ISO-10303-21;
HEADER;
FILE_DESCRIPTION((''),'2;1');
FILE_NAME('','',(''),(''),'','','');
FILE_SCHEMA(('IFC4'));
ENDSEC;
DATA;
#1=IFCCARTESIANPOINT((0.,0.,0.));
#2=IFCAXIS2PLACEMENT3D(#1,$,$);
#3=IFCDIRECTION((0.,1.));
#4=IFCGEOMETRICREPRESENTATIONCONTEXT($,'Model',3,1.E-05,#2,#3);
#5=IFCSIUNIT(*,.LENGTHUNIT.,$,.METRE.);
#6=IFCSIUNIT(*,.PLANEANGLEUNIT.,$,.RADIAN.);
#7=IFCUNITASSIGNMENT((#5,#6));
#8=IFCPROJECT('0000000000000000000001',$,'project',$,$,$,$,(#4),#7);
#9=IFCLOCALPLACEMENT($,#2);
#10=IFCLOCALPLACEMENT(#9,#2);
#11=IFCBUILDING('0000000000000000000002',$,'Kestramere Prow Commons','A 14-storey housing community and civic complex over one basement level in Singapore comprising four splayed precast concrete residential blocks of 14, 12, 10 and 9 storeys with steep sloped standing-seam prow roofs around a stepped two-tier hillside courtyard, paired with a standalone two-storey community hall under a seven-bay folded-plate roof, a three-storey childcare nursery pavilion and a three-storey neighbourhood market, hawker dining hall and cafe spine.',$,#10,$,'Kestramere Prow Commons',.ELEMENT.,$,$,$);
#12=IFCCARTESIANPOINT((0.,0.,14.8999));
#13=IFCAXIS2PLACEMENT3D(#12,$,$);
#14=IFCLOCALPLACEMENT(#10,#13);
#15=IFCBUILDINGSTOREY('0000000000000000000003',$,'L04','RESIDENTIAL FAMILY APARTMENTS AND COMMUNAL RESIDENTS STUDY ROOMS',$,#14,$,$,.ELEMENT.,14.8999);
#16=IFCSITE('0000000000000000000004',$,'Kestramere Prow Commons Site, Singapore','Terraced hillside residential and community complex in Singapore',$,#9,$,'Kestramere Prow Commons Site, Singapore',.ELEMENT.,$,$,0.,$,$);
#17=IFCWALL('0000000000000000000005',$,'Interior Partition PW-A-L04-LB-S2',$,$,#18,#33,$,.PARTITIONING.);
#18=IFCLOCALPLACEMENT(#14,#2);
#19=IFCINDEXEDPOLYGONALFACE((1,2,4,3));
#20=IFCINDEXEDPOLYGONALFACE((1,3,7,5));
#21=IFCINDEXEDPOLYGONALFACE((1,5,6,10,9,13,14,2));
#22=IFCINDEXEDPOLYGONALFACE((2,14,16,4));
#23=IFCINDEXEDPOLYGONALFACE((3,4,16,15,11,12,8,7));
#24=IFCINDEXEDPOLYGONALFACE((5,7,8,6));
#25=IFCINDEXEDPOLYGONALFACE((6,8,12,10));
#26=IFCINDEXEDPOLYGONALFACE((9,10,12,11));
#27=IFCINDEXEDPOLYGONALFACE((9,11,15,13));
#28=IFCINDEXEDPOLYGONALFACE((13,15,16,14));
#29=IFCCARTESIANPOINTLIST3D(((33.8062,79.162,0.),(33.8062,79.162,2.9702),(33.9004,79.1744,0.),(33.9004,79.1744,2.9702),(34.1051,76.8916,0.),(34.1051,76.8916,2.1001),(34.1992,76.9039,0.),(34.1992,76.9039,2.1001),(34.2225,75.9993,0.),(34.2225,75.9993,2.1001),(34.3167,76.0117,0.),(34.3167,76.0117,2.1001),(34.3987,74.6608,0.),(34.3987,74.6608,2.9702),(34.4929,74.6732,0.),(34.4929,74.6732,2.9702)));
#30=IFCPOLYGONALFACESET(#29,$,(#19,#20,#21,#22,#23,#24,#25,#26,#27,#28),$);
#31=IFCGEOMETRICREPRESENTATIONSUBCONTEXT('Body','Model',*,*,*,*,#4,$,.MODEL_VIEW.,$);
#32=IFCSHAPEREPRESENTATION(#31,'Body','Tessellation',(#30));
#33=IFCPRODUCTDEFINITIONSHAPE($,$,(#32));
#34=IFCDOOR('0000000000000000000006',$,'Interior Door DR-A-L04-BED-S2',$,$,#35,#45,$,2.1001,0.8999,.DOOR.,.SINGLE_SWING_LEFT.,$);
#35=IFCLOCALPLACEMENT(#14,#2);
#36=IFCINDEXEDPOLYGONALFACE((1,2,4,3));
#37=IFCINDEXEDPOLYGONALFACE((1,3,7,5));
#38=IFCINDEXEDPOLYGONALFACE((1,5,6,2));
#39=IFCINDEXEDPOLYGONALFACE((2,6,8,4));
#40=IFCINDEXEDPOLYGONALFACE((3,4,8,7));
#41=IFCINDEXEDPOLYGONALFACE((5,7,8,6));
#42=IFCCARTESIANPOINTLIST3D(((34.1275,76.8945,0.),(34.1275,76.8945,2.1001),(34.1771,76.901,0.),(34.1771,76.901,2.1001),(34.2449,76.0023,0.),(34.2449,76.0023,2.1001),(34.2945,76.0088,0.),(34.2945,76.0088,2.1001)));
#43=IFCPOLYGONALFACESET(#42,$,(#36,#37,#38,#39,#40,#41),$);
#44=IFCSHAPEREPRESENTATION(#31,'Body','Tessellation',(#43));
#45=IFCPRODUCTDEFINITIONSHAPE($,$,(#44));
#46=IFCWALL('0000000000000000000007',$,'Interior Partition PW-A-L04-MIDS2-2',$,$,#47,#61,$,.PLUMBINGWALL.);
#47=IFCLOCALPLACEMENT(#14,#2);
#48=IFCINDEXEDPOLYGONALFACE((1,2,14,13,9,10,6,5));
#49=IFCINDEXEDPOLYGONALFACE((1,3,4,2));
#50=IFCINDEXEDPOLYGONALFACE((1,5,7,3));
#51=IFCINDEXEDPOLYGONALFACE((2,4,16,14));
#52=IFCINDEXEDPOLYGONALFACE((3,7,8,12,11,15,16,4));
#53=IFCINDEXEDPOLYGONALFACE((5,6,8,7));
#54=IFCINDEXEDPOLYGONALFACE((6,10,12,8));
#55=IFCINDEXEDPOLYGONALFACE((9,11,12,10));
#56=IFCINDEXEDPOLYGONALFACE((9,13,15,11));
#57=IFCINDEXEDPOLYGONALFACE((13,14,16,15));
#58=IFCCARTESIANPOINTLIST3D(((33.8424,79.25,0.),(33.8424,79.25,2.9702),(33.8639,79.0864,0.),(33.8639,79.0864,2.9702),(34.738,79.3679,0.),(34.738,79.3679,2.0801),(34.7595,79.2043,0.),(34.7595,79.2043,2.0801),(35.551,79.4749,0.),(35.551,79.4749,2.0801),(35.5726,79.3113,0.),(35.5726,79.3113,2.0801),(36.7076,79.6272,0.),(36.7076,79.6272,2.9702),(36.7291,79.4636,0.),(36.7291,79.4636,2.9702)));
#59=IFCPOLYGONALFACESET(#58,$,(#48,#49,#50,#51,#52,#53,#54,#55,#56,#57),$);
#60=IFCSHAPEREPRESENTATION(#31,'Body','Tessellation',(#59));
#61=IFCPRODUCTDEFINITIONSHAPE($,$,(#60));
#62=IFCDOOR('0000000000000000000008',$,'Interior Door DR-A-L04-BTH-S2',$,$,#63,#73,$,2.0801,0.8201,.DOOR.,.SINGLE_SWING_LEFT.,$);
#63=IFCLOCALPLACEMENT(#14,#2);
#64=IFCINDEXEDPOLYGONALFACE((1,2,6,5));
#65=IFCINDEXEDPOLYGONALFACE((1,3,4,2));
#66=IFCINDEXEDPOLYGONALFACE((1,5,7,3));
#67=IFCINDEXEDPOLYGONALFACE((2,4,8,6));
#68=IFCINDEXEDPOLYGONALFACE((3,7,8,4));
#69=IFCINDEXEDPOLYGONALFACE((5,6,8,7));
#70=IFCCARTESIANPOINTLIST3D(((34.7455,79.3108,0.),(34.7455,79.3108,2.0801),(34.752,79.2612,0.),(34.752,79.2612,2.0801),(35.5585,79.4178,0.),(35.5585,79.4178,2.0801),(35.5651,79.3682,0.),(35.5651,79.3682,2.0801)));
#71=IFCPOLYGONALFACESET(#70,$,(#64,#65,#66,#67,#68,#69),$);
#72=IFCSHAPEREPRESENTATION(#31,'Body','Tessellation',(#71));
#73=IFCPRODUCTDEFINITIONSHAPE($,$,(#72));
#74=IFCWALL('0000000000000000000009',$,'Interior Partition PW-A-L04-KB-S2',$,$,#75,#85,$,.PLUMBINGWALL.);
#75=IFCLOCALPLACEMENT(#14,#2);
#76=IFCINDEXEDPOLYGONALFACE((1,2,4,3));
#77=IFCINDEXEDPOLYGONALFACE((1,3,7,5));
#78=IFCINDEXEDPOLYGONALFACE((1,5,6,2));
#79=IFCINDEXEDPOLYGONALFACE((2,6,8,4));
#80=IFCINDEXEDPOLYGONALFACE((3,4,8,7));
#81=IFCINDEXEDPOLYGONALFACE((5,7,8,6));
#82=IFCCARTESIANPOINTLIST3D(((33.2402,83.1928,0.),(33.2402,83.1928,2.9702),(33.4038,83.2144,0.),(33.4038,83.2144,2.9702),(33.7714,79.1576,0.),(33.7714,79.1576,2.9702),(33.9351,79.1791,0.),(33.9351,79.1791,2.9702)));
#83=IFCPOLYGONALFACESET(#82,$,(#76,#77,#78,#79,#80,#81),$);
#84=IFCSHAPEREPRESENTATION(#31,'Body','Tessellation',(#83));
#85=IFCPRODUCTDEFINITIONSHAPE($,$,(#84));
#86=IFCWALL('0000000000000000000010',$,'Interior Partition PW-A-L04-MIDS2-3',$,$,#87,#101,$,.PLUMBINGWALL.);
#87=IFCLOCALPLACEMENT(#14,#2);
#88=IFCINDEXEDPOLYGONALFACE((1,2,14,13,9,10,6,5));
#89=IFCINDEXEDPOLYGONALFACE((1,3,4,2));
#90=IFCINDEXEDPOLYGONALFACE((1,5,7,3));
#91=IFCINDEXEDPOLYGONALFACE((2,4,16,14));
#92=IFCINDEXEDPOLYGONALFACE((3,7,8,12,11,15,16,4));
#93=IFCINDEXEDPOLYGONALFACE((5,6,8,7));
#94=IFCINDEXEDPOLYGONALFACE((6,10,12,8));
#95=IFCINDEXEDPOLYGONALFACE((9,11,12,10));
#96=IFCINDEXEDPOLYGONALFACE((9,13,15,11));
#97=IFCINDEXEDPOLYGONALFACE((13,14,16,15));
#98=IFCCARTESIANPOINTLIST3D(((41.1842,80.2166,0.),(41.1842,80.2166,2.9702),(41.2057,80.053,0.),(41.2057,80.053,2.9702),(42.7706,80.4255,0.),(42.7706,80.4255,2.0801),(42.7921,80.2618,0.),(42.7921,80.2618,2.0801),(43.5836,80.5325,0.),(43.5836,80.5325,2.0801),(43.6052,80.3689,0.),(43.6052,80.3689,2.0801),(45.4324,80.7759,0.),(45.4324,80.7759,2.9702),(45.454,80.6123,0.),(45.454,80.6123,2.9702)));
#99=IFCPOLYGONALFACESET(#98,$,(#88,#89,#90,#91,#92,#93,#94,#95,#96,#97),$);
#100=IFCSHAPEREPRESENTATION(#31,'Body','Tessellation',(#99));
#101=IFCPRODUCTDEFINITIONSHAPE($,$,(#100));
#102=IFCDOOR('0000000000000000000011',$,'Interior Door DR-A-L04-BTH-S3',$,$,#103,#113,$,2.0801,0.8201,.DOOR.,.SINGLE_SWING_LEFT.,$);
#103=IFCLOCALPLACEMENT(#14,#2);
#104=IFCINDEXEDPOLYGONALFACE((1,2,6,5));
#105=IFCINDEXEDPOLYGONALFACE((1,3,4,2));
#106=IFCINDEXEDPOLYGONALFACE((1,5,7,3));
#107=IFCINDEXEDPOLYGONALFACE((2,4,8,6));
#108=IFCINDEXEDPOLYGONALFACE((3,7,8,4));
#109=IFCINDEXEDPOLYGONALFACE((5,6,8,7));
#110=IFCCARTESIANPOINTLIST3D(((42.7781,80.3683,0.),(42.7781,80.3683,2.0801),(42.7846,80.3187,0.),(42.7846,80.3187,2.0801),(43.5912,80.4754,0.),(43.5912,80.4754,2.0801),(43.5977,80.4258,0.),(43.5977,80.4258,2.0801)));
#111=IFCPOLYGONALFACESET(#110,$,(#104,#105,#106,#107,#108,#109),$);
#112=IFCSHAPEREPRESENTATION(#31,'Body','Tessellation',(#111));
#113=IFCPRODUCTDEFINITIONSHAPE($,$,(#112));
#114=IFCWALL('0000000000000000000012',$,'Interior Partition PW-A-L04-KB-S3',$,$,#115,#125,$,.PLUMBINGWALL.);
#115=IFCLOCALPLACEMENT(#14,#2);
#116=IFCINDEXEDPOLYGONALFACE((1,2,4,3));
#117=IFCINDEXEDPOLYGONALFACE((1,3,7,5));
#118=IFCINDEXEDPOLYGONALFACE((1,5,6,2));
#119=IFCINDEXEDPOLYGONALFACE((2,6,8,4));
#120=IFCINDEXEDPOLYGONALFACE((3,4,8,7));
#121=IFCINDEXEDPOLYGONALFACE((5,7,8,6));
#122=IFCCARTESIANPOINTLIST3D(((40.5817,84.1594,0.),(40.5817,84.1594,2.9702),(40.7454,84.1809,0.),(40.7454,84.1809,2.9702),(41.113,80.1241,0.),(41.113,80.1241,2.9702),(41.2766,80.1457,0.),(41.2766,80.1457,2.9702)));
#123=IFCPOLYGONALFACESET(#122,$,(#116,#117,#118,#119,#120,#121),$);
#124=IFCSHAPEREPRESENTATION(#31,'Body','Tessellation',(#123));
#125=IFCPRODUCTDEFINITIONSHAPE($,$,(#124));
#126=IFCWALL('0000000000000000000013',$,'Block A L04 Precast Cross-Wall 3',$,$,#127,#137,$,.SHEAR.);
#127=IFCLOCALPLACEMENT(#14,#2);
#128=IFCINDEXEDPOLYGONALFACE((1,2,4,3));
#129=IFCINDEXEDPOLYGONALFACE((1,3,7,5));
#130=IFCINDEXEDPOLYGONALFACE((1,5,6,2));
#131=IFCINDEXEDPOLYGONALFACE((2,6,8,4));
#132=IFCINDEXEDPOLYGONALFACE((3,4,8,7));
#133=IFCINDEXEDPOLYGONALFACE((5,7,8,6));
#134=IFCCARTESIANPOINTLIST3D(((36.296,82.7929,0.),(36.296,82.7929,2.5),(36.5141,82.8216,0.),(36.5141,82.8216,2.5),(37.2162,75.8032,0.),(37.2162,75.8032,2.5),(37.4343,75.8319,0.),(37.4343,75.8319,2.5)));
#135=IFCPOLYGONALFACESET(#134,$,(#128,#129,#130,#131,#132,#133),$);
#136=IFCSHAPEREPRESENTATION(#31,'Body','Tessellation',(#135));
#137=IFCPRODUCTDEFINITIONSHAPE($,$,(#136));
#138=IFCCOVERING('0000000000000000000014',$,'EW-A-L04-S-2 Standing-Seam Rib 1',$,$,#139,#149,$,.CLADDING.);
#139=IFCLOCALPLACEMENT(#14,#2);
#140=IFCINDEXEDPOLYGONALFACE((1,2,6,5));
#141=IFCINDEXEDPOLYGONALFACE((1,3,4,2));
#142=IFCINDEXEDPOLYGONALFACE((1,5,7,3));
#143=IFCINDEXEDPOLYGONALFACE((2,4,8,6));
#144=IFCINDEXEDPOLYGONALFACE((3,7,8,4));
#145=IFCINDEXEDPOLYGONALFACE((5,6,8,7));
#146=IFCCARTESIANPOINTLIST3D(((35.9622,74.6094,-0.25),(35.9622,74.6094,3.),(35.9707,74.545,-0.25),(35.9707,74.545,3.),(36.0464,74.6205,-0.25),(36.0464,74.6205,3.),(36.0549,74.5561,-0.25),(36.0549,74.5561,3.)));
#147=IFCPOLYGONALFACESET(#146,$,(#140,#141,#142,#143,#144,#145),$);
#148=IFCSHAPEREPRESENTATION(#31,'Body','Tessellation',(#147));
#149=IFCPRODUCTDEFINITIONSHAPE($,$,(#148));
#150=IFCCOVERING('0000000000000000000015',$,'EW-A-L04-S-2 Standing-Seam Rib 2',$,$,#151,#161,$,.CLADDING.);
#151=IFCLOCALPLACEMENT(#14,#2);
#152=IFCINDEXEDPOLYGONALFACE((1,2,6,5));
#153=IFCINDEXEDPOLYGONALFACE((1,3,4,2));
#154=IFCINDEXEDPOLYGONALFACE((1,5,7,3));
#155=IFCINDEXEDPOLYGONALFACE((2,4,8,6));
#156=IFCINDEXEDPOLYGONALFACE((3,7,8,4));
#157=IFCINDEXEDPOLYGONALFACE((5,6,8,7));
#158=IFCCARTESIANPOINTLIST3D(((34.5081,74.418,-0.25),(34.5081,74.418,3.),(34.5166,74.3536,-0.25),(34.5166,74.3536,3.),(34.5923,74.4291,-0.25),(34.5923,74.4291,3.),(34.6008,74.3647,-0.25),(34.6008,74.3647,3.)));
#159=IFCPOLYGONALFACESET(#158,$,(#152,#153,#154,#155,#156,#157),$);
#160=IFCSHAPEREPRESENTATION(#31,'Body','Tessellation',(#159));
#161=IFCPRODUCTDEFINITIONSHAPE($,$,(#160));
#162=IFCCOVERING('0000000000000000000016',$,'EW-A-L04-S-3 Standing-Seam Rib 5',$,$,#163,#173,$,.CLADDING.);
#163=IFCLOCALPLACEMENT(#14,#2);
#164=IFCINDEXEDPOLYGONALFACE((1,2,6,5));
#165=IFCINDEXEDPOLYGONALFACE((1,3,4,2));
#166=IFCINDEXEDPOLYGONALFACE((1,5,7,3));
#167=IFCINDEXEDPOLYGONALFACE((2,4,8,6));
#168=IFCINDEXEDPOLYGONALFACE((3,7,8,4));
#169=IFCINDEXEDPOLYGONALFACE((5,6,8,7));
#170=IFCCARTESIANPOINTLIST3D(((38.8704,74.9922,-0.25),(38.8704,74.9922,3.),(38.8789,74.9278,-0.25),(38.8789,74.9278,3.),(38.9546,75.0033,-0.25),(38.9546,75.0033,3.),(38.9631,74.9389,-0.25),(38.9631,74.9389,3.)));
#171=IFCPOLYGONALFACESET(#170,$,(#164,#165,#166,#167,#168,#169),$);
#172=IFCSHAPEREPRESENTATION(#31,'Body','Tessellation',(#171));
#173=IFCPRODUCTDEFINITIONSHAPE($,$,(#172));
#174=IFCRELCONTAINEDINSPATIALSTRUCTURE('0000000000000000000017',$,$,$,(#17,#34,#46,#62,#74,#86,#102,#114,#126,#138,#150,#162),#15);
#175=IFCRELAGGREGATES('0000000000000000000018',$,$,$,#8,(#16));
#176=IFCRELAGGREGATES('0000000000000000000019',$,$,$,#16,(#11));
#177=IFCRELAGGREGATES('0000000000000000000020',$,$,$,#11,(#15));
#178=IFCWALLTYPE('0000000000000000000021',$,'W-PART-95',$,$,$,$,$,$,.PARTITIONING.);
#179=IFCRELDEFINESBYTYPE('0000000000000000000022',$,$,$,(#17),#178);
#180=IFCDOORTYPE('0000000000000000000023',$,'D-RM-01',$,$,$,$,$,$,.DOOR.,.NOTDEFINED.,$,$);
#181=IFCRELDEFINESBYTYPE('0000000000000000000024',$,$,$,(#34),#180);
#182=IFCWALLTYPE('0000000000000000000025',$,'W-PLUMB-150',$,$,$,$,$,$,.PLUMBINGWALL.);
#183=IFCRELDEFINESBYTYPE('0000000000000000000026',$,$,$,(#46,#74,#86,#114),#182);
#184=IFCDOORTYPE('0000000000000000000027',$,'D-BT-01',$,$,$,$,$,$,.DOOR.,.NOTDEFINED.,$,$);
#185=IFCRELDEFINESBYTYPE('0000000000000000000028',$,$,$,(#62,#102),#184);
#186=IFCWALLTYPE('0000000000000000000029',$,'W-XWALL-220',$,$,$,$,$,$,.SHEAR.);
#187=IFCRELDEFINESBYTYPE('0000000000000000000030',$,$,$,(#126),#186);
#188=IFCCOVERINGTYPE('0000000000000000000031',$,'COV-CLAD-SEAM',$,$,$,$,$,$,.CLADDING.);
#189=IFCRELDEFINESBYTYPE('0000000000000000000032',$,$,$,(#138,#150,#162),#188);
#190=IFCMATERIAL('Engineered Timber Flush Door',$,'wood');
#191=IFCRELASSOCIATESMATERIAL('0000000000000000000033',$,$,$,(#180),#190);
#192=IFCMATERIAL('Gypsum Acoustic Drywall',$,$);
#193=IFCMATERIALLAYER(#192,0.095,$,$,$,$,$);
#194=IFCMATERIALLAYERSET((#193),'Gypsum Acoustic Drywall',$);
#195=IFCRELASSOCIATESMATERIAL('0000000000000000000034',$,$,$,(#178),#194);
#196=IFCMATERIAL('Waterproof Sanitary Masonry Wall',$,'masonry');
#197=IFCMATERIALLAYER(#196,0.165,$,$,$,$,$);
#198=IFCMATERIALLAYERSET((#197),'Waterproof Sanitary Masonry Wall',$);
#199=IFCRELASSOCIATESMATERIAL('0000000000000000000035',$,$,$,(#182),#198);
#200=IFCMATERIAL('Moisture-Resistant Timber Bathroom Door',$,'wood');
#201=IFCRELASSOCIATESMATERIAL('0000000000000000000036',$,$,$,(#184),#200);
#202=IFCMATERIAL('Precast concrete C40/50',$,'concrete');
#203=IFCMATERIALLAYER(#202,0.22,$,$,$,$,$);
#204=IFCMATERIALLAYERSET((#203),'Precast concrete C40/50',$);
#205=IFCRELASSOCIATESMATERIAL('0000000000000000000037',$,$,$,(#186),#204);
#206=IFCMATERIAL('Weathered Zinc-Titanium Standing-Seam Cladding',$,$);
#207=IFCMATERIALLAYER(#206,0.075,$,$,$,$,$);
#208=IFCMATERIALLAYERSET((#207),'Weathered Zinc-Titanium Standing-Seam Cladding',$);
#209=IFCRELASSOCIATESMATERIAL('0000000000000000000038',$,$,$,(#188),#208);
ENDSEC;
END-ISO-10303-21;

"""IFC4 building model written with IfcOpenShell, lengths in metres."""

from ifc_helpers import new_model, si_unit, direction, frame, frame_2d, origin, origin_2d, place, context, subcontext, project, spatial, rectangle, extrude, material, layer, layer_set, type_object, element, fill, save


model = new_model("IFC4")

# Units and contexts
model_context = context("Model", 3, precision=1e-05, world=origin(), true_north=direction((0.0, 1.0)))
body_context = subcontext(model_context, "Body", "Model", "MODEL_VIEW")
ifc_project = project(units=[si_unit("LENGTHUNIT", "METRE"), si_unit("PLANEANGLEUNIT", "RADIAN")], contexts=[model_context])

# Site, building, storey
site_placement = place(None, origin())
site = spatial("IfcSite", under=ifc_project, at=site_placement, Name="Kestramere Prow Commons Site, Singapore", Description="Terraced hillside residential and community complex in Singapore", LongName="Kestramere Prow Commons Site, Singapore", CompositionType="ELEMENT", RefElevation=0.0)
building_placement = place(site_placement, origin())
building = spatial("IfcBuilding", under=site, at=building_placement, Name="Kestramere Prow Commons", Description="A 14-storey housing community and civic complex over one basement level in Singapore comprising four splayed precast concrete residential blocks of 14, 12, 10 and 9 storeys with steep sloped standing-seam prow roofs around a stepped two-tier hillside courtyard, paired with a standalone two-storey community hall under a seven-bay folded-plate roof, a three-storey childcare nursery pavilion and a three-storey neighbourhood market, hawker dining hall and cafe spine.", LongName="Kestramere Prow Commons", CompositionType="ELEMENT")
storey_placement = place(building_placement, frame((0.0, 0.0, 14.8999)))
storey = spatial("IfcBuildingStorey", under=building, at=storey_placement, Name="L04", Description="RESIDENTIAL FAMILY APARTMENTS AND COMMUNAL RESIDENTS STUDY ROOMS", CompositionType="ELEMENT", Elevation=14.8999)

# Shared definitions
ifc_material_1 = material(Name="Precast concrete C40/50", Category="concrete")

# Walls, openings, doors
ifc_material_2 = material(Name="Engineered Timber Flush Door", Category="wood")
door_type_1 = type_object("IfcDoorType", Name="D-RM-01", OperationType="NOTDEFINED", PredefinedType="DOOR", material=ifc_material_2)
ifc_material_3 = material(Name="Gypsum Acoustic Drywall")
ifc_layer_1 = layer(ifc_material_3, 0.095)
ifc_layer_set_1 = layer_set([ifc_layer_1], Name="Gypsum Acoustic Drywall")
wall_type_1 = type_object("IfcWallType", Name="W-PART-95", PredefinedType="PARTITIONING", material=ifc_layer_set_1)
wall_1_placement = place(storey_placement, frame((34.4458, 74.667, 0.0), z_axis=(0.0, 0.0, 1.0), x_axis=(-0.130512, 0.991447, 0.0)))
wall_1 = element("IfcWall", 1, at=wall_1_placement, inside=storey, type_object=wall_type_1, Name="Interior Partition PW-A-L04-LB-S2", PredefinedType="PARTITIONING", context=body_context, shape_type="SweptSolid", body=[
    extrude(rectangle(XDim=4.54, YDim=0.095, at=frame_2d((2.27, 0.0))), origin(), (0.0, 0.0, 1.0), 2.9702),
])
opening_1_placement = place(wall_1_placement, frame((1.3501, 0.0, 0.0)))
opening_1 = element("IfcOpeningElement", 2, at=opening_1_placement, cuts=wall_1, PredefinedType="OPENING", context=body_context, shape_type="SweptSolid", body=[
    extrude(rectangle(XDim=0.8999, YDim=2.1001, at=frame_2d((0.45, 1.05))), frame((0.0, 0.0625, 0.0), z_axis=(0.0, -1.0, 0.0), x_axis=(1.0, 0.0, 0.0)), (0.0, 0.0, 1.0), 0.125),
])
door_1_placement = place(opening_1_placement, origin())
door_1 = element("IfcDoor", 3, at=door_1_placement, inside=storey, type_object=door_type_1, Name="Interior Door DR-A-L04-BED-S2", OperationType="SINGLE_SWING_LEFT", OverallHeight=2.1001, OverallWidth=0.8999, PredefinedType="DOOR", context=body_context, shape_type="SweptSolid", body=[
    extrude(rectangle(XDim=0.8999, YDim=2.1001, at=frame_2d((0.45, 1.05))), frame((0.0, 0.0249, 0.0), z_axis=(0.0, -1.0, 0.0), x_axis=(1.0, 0.0, 0.0)), (0.0, 0.0, 1.0), 0.05),
])
fill(opening_1, door_1)
ifc_material_4 = material(Name="Waterproof Sanitary Masonry Wall", Category="masonry")
ifc_layer_2 = layer(ifc_material_4, 0.165)
ifc_layer_set_2 = layer_set([ifc_layer_2], Name="Waterproof Sanitary Masonry Wall")
wall_type_2 = type_object("IfcWallType", Name="W-PLUMB-150", PredefinedType="PLUMBINGWALL", material=ifc_layer_set_2)
wall_2_placement = place(storey_placement, frame((33.8533, 79.1682, 0.0), z_axis=(0.0, 0.0, 1.0), x_axis=(0.991446, 0.13052, 0.0)))
wall_2 = element("IfcWall", 4, at=wall_2_placement, inside=storey, type_object=wall_type_2, Name="Interior Partition PW-A-L04-MIDS2-2", PredefinedType="PLUMBINGWALL", context=body_context, shape_type="SweptSolid", body=[
    extrude(rectangle(XDim=2.8899, YDim=0.165, at=frame_2d((1.4448, 0.0))), origin(), (0.0, 0.0, 1.0), 2.9702),
])
opening_2_placement = place(wall_2_placement, frame((0.9031, 0.0, 0.0)))
opening_2 = element("IfcOpeningElement", 5, at=opening_2_placement, cuts=wall_2, PredefinedType="OPENING", context=body_context, shape_type="SweptSolid", body=[
    extrude(rectangle(XDim=0.8201, YDim=2.0801, at=frame_2d((0.4102, 1.04))), frame((0.0, 0.0974, 0.0), z_axis=(0.0, -1.0, 0.0), x_axis=(1.0, 0.0, 0.0)), (0.0, 0.0, 1.0), 0.1951),
])
ifc_material_5 = material(Name="Moisture-Resistant Timber Bathroom Door", Category="wood")
door_type_2 = type_object("IfcDoorType", Name="D-BT-01", OperationType="NOTDEFINED", PredefinedType="DOOR", material=ifc_material_5)
door_2_placement = place(opening_2_placement, origin())
door_2 = element("IfcDoor", 6, at=door_2_placement, inside=storey, type_object=door_type_2, Name="Interior Door DR-A-L04-BTH-S2", OperationType="SINGLE_SWING_LEFT", OverallHeight=2.0801, OverallWidth=0.8201, PredefinedType="DOOR", context=body_context, shape_type="SweptSolid", body=[
    extrude(rectangle(XDim=0.8201, YDim=2.0801, at=frame_2d((0.4102, 1.04))), frame((0.0, 0.0249, 0.0), z_axis=(0.0, -1.0, 0.0), x_axis=(1.0, 0.0, 0.0)), (0.0, 0.0, 1.0), 0.05),
])
fill(opening_2, door_2)

# Wall
wall_3_placement = place(storey_placement, frame((33.8533, 79.1682, 0.0), z_axis=(0.0, 0.0, 1.0), x_axis=(-0.130529, 0.991444, 0.0)))
element("IfcWall", 7, at=wall_3_placement, inside=storey, type_object=wall_type_2, Name="Interior Partition PW-A-L04-KB-S2", PredefinedType="PLUMBINGWALL", context=body_context, shape_type="SweptSolid", body=[
    extrude(rectangle(XDim=4.0701, YDim=0.165, at=frame_2d((2.0352, 0.0))), origin(), (0.0, 0.0, 1.0), 2.9702),
])

# Wall, opening, door
wall_4_placement = place(storey_placement, frame((41.1948, 80.1348, 0.0), z_axis=(0.0, 0.0, 1.0), x_axis=(0.991444, 0.130533, 0.0)))
wall_4 = element("IfcWall", 8, at=wall_4_placement, inside=storey, type_object=wall_type_2, Name="Interior Partition PW-A-L04-MIDS2-3", PredefinedType="PLUMBINGWALL", context=body_context, shape_type="SweptSolid", body=[
    extrude(rectangle(XDim=4.2849, YDim=0.165, at=frame_2d((2.1426, 0.0))), origin(), (0.0, 0.0, 1.0), 2.9702),
])
opening_3_placement = place(wall_4_placement, frame((1.6001, 0.0, 0.0)))
opening_3 = element("IfcOpeningElement", 9, at=opening_3_placement, cuts=wall_4, PredefinedType="OPENING", context=body_context, shape_type="SweptSolid", body=[
    extrude(rectangle(XDim=0.8201, YDim=2.0801, at=frame_2d((0.4102, 1.04))), frame((0.0, 0.0974, 0.0), z_axis=(0.0, -1.0, 0.0), x_axis=(1.0, 0.0, 0.0)), (0.0, 0.0, 1.0), 0.1951),
])
door_3_placement = place(opening_3_placement, origin())
door_3 = element("IfcDoor", 10, at=door_3_placement, inside=storey, type_object=door_type_2, Name="Interior Door DR-A-L04-BTH-S3", OperationType="SINGLE_SWING_LEFT", OverallHeight=2.0801, OverallWidth=0.8201, PredefinedType="DOOR", context=body_context, shape_type="SweptSolid", body=[
    extrude(rectangle(XDim=0.8201, YDim=2.0801, at=frame_2d((0.4102, 1.04))), frame((0.0, 0.0249, 0.0), z_axis=(0.0, -1.0, 0.0), x_axis=(1.0, 0.0, 0.0)), (0.0, 0.0, 1.0), 0.05),
])
fill(opening_3, door_3)

# Walls
wall_5_placement = place(storey_placement, frame((41.1948, 80.1348, 0.0), z_axis=(0.0, 0.0, 1.0), x_axis=(-0.130529, 0.991444, 0.0)))
element("IfcWall", 11, at=wall_5_placement, inside=storey, type_object=wall_type_2, Name="Interior Partition PW-A-L04-KB-S3", PredefinedType="PLUMBINGWALL", context=body_context, shape_type="SweptSolid", body=[
    extrude(rectangle(XDim=4.0701, YDim=0.165, at=frame_2d((2.0352, 0.0))), origin(), (0.0, 0.0, 1.0), 2.9702),
])
ifc_layer_3 = layer(ifc_material_1, 0.22)
ifc_layer_set_3 = layer_set([ifc_layer_3], Name="Precast concrete C40/50")
wall_type_3 = type_object("IfcWallType", Name="W-XWALL-220", PredefinedType="SHEAR", material=ifc_layer_set_3)
wall_6_placement = place(storey_placement, frame((37.3252, 75.8176, 0.0), z_axis=(0.0, 0.0, 1.0), x_axis=(-0.130519, 0.991446, 0.0)))
element("IfcWall", 12, at=wall_6_placement, inside=storey, type_object=wall_type_3, Name="Block A L04 Precast Cross-Wall 3", PredefinedType="SHEAR", context=body_context, shape_type="SweptSolid", body=[
    extrude(rectangle(XDim=7.05, YDim=0.22, at=frame_2d((3.5249, 0.0))), origin(), (0.0, 0.0, 1.0), 2.5),
])

# Coverings
ifc_material_6 = material(Name="Weathered Zinc-Titanium Standing-Seam Cladding")
ifc_layer_4 = layer(ifc_material_6, 0.075)
ifc_layer_set_4 = layer_set([ifc_layer_4], Name="Weathered Zinc-Titanium Standing-Seam Cladding")
covering_type = type_object("IfcCoveringType", Name="COV-CLAD-SEAM", PredefinedType="CLADDING", material=ifc_layer_set_4)
for number, where, z_axis, x_axis, name in (
    (13, (36.0085, 74.5828, -0.25), (0.0, 0.0, 1.0), (-0.991445, -0.130526, 0.0), "EW-A-L04-S-2 Standing-Seam Rib 1"),
    (14, (34.5544, 74.3914, -0.25), (0.0, 0.0, 1.0), (-0.991445, -0.130526, 0.0), "EW-A-L04-S-2 Standing-Seam Rib 2"),
    (15, (38.9167, 74.9656, -0.25), (0.0, 0.0, 1.0), (-0.991445, -0.130526, 0.0), "EW-A-L04-S-3 Standing-Seam Rib 5"),
):
    element("IfcCovering", number, at=place(storey_placement, frame(where, z_axis=z_axis, x_axis=x_axis)), inside=storey, type_object=covering_type, Name=name, PredefinedType="CLADDING", context=body_context, shape_type="SweptSolid", body=[
        extrude(rectangle(XDim=0.085, YDim=0.0649, at=origin_2d()), origin(), (0.0, 0.0, 1.0), 3.25),
    ])

save(model, "model.ifc")
